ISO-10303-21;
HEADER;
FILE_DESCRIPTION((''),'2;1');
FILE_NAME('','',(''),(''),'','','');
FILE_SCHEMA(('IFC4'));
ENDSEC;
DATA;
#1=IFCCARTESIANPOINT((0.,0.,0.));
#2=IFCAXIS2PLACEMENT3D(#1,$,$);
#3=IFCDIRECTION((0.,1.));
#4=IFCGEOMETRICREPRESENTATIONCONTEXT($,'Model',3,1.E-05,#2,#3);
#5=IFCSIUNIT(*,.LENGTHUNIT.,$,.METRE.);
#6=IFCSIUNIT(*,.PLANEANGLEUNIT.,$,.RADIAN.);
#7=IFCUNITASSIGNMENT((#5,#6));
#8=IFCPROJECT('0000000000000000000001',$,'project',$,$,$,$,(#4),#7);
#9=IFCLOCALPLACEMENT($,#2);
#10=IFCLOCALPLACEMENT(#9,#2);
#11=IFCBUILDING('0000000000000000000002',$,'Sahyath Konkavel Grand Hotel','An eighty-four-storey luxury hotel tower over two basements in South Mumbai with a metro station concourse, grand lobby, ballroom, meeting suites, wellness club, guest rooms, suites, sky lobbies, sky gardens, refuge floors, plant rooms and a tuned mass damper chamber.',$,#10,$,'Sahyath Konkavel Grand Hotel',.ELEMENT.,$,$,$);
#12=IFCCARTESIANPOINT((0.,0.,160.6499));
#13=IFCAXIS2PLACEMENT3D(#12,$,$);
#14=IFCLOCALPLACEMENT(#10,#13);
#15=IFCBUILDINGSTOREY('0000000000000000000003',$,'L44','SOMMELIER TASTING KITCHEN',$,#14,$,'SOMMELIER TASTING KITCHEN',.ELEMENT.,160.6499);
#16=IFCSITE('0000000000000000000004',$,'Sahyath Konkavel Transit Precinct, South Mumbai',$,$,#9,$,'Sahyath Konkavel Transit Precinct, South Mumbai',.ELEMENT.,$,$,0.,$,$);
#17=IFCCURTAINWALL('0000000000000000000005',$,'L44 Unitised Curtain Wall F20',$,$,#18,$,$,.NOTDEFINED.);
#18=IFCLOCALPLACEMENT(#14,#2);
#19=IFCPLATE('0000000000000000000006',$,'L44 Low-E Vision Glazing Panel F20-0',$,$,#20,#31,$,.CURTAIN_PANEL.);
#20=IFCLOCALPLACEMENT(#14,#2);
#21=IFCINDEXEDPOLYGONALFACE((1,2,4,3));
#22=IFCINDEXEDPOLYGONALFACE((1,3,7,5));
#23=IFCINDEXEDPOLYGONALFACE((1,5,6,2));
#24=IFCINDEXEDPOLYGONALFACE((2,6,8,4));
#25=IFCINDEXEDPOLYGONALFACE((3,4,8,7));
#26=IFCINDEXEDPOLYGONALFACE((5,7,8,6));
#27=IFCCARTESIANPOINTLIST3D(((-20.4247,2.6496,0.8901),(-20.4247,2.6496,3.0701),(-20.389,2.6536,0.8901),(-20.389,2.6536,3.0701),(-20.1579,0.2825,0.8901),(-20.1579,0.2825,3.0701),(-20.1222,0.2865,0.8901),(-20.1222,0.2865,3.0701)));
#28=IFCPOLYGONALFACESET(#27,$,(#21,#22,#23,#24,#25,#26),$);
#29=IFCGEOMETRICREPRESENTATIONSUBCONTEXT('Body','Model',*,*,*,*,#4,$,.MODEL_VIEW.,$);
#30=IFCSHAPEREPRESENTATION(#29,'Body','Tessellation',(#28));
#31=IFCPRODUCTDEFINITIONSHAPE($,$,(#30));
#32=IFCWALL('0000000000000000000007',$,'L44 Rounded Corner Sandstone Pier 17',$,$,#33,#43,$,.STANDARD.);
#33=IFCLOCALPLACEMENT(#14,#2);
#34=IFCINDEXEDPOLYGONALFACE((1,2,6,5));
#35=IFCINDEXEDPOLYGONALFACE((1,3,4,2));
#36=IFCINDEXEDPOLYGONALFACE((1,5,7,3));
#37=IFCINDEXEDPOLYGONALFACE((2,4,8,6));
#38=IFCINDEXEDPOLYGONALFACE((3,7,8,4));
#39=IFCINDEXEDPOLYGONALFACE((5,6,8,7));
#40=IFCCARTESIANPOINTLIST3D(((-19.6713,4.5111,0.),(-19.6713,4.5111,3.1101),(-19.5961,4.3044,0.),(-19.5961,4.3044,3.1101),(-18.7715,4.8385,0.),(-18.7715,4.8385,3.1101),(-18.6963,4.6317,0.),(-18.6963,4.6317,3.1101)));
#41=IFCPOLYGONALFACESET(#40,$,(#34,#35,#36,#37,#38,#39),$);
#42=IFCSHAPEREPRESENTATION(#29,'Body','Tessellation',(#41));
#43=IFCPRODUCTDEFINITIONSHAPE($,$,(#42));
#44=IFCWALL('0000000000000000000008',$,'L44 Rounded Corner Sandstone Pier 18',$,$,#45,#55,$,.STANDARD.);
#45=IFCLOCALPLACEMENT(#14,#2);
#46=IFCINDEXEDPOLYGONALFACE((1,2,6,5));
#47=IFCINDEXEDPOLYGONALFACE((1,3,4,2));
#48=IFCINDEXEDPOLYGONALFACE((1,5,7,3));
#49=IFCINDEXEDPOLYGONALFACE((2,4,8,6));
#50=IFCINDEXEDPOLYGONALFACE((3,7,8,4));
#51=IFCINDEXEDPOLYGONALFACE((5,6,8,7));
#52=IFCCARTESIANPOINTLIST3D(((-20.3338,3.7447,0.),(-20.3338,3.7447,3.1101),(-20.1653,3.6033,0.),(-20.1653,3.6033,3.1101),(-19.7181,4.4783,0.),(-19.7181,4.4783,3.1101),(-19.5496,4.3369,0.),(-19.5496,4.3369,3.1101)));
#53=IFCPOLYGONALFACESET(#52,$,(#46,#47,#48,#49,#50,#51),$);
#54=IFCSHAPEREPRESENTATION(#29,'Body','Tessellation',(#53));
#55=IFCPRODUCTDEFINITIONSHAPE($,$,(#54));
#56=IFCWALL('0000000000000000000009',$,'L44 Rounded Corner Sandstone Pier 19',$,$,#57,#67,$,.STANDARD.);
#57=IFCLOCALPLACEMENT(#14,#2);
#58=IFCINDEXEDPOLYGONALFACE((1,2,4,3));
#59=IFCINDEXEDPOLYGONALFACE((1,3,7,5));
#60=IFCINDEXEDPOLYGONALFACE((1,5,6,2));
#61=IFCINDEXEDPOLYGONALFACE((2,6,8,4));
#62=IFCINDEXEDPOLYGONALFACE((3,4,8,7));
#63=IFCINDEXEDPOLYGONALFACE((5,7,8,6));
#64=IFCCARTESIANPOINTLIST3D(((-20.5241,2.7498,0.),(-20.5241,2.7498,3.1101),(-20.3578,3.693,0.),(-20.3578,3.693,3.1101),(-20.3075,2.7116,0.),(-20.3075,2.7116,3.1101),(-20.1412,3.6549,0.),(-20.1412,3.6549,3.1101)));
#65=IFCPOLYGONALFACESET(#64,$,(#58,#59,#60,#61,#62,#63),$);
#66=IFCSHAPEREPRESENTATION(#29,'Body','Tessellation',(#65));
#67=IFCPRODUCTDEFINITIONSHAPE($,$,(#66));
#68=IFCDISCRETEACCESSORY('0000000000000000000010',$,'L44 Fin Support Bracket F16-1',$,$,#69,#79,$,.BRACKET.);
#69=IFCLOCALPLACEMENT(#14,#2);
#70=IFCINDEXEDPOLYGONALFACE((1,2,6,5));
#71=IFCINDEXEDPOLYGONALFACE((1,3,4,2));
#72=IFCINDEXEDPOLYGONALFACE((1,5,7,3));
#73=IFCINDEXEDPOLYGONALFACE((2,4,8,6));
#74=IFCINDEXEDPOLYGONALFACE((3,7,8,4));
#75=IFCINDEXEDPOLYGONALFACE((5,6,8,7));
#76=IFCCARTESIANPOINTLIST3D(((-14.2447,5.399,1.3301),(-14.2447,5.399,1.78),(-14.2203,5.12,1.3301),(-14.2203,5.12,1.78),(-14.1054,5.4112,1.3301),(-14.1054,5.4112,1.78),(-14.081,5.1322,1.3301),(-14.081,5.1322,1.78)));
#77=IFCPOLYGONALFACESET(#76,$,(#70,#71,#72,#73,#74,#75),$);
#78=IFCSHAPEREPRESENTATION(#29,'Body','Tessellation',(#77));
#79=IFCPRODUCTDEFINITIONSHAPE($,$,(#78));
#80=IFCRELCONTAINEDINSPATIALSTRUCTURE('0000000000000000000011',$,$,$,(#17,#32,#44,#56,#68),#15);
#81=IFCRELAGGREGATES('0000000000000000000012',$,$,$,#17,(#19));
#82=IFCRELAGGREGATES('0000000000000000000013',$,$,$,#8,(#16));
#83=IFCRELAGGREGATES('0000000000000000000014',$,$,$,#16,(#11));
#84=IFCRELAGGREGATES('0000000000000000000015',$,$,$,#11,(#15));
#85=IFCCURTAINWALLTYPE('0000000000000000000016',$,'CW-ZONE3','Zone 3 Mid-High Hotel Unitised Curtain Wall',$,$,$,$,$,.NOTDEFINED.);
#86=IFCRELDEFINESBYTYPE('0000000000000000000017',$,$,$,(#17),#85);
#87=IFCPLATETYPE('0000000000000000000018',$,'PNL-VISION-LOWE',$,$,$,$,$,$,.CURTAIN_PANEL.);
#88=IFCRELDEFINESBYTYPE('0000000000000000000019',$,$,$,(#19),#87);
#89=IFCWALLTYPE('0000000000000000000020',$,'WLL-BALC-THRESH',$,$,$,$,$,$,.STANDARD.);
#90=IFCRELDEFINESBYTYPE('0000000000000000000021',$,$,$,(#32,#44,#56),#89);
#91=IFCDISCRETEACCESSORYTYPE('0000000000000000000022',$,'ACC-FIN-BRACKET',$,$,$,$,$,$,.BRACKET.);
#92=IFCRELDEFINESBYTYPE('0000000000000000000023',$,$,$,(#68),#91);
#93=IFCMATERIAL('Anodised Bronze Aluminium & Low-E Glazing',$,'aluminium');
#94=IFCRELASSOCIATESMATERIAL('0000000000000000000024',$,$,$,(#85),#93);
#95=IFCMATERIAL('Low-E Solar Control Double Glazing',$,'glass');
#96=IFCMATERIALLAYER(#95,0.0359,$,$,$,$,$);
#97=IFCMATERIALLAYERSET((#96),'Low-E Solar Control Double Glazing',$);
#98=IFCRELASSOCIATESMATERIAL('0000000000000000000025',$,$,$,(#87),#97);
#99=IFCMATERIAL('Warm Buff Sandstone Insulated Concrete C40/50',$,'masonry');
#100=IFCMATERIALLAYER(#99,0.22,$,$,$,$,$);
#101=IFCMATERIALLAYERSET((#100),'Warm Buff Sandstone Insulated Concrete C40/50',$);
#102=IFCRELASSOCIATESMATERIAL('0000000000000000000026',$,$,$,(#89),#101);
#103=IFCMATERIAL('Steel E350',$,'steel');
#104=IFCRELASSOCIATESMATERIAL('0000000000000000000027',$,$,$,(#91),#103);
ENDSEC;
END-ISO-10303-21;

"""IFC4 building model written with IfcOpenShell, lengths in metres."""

from ifc_helpers import new_model, si_unit, direction, frame, frame_2d, origin, origin_2d, place, context, subcontext, project, spatial, rectangle, extrude, source, transform, mapped, material, layer, layer_set, type_object, element, aggregate, save


model = new_model("IFC4")

# Units and contexts
model_context = context("Model", 3, precision=1e-05, world=origin(), true_north=direction((0.0, 1.0)))
body_context = subcontext(model_context, "Body", "Model", "MODEL_VIEW")
ifc_project = project(units=[si_unit("LENGTHUNIT", "METRE"), si_unit("PLANEANGLEUNIT", "RADIAN")], contexts=[model_context])

# Site, building, storey
site_placement = place(None, origin())
site = spatial("IfcSite", under=ifc_project, at=site_placement, Name="Sahyath Konkavel Transit Precinct, South Mumbai", LongName="Sahyath Konkavel Transit Precinct, South Mumbai", CompositionType="ELEMENT", RefElevation=0.0)
building_placement = place(site_placement, origin())
building = spatial("IfcBuilding", under=site, at=building_placement, Name="Sahyath Konkavel Grand Hotel", Description="An eighty-four-storey luxury hotel tower over two basements in South Mumbai with a metro station concourse, grand lobby, ballroom, meeting suites, wellness club, guest rooms, suites, sky lobbies, sky gardens, refuge floors, plant rooms and a tuned mass damper chamber.", LongName="Sahyath Konkavel Grand Hotel", CompositionType="ELEMENT")
storey_placement = place(building_placement, frame((0.0, 0.0, 160.6499)))
storey = spatial("IfcBuildingStorey", under=building, at=storey_placement, Name="L44", Description="SOMMELIER TASTING KITCHEN", LongName="SOMMELIER TASTING KITCHEN", CompositionType="ELEMENT", Elevation=160.6499)

# Shared definitions
ifc_material_1 = material(Name="Steel E350", Category="steel")

# Curtain wall
ifc_material_2 = material(Name="Anodised Bronze Aluminium & Low-E Glazing", Category="aluminium")
curtain_wall_type = type_object("IfcCurtainWallType", Name="CW-ZONE3", Description="Zone 3 Mid-High Hotel Unitised Curtain Wall", PredefinedType="NOTDEFINED", material=ifc_material_2)
curtain_wall_1_placement = place(storey_placement, origin())
curtain_wall_1 = element("IfcCurtainWall", 1, at=curtain_wall_1_placement, inside=storey, type_object=curtain_wall_type, Name="L44 Unitised Curtain Wall F20", PredefinedType="NOTDEFINED")

# Plate
ifc_material_3 = material(Name="Low-E Solar Control Double Glazing", Category="glass")
ifc_layer_1 = layer(ifc_material_3, 0.0359)
ifc_layer_set_1 = layer_set([ifc_layer_1], Name="Low-E Solar Control Double Glazing")
plate_type_1 = type_object("IfcPlateType", Name="PNL-VISION-LOWE", PredefinedType="CURTAIN_PANEL", material=ifc_layer_set_1)
shared_shape_1 = source(origin(), body_context, "Body", "SweptSolid", [
    extrude(rectangle(XDim=2.3821, YDim=0.0359, at=origin_2d()), origin(), (0.0, 0.0, 1.0), 2.1799),
])
plate_1_placement = place(storey_placement, frame((-20.2734, 1.468, 0.8901), z_axis=(0.0, 0.0, 1.0), x_axis=(0.111989, -0.993709, 0.0)))
plate_1 = element("IfcPlate", 2, at=plate_1_placement, type_object=plate_type_1, Name="L44 Low-E Vision Glazing Panel F20-0", PredefinedType="CURTAIN_PANEL", context=body_context, shape_type="MappedRepresentation", body=[
    mapped(shared_shape_1, transform((0.0, 0.0, 0.0), scale=1.0)),
])
aggregate(curtain_wall_1, [plate_1])

# Walls
ifc_material_4 = material(Name="Warm Buff Sandstone Insulated Concrete C40/50", Category="masonry")
ifc_layer_2 = layer(ifc_material_4, 0.22)
ifc_layer_set_2 = layer_set([ifc_layer_2], Name="Warm Buff Sandstone Insulated Concrete C40/50")
wall_type = type_object("IfcWallType", Name="WLL-BALC-THRESH", PredefinedType="STANDARD", material=ifc_layer_set_2)
wall_placement = place(storey_placement, frame((-18.7339, 4.7351, 0.0), z_axis=(0.0, 0.0, 1.0), x_axis=(-0.939741, -0.341886, 0.0)))
element("IfcWall", 3, at=wall_placement, inside=storey, type_object=wall_type, Name="L44 Rounded Corner Sandstone Pier 17", PredefinedType="STANDARD", context=body_context, shape_type="SweptSolid", body=[
    extrude(rectangle(XDim=0.9575, YDim=0.22, at=frame_2d((0.4788, 0.0))), origin(), (0.0, 0.0, 1.0), 3.1101),
])
for number, where, z_axis, x_axis, name in (
    (4, (-19.6338, 4.4077, 0.0), (0.0, 0.0, 1.0), (-0.642863, -0.765981, 0.0), "L44 Rounded Corner Sandstone Pier 18"),
    (5, (-20.2495, 3.6741, 0.0), (0.0, 0.0, 1.0), (-0.173611, -0.984814, 0.0), "L44 Rounded Corner Sandstone Pier 19"),
):
    element("IfcWall", number, at=place(storey_placement, frame(where, z_axis=z_axis, x_axis=x_axis)), inside=storey, type_object=wall_type, Name=name, PredefinedType="STANDARD", context=body_context, shape_type="SweptSolid", body=[
        extrude(rectangle(XDim=0.9578, YDim=0.22, at=frame_2d((0.479, 0.0))), origin(), (0.0, 0.0, 1.0), 3.1101),
    ])

# Discrete accessory
discrete_accessory_type = type_object("IfcDiscreteAccessoryType", Name="ACC-FIN-BRACKET", PredefinedType="BRACKET", material=ifc_material_1)
shared_shape_2 = source(origin(), body_context, "Body", "SweptSolid", [
    extrude(rectangle(XDim=0.28, YDim=0.1399, at=origin_2d()), origin(), (0.0, 0.0, 1.0), 0.45),
])
discrete_accessory_placement = place(storey_placement, frame((-14.1628, 5.2656, 1.3301), z_axis=(0.0, 0.0, 1.0), x_axis=(-0.087156, 0.996195, 0.0)))
element("IfcDiscreteAccessory", 6, at=discrete_accessory_placement, inside=storey, type_object=discrete_accessory_type, Name="L44 Fin Support Bracket F16-1", PredefinedType="BRACKET", context=body_context, shape_type="MappedRepresentation", body=[
    mapped(shared_shape_2, transform((0.0, 0.0, 0.0), scale=1.0)),
])

save(model, "model.ifc")
